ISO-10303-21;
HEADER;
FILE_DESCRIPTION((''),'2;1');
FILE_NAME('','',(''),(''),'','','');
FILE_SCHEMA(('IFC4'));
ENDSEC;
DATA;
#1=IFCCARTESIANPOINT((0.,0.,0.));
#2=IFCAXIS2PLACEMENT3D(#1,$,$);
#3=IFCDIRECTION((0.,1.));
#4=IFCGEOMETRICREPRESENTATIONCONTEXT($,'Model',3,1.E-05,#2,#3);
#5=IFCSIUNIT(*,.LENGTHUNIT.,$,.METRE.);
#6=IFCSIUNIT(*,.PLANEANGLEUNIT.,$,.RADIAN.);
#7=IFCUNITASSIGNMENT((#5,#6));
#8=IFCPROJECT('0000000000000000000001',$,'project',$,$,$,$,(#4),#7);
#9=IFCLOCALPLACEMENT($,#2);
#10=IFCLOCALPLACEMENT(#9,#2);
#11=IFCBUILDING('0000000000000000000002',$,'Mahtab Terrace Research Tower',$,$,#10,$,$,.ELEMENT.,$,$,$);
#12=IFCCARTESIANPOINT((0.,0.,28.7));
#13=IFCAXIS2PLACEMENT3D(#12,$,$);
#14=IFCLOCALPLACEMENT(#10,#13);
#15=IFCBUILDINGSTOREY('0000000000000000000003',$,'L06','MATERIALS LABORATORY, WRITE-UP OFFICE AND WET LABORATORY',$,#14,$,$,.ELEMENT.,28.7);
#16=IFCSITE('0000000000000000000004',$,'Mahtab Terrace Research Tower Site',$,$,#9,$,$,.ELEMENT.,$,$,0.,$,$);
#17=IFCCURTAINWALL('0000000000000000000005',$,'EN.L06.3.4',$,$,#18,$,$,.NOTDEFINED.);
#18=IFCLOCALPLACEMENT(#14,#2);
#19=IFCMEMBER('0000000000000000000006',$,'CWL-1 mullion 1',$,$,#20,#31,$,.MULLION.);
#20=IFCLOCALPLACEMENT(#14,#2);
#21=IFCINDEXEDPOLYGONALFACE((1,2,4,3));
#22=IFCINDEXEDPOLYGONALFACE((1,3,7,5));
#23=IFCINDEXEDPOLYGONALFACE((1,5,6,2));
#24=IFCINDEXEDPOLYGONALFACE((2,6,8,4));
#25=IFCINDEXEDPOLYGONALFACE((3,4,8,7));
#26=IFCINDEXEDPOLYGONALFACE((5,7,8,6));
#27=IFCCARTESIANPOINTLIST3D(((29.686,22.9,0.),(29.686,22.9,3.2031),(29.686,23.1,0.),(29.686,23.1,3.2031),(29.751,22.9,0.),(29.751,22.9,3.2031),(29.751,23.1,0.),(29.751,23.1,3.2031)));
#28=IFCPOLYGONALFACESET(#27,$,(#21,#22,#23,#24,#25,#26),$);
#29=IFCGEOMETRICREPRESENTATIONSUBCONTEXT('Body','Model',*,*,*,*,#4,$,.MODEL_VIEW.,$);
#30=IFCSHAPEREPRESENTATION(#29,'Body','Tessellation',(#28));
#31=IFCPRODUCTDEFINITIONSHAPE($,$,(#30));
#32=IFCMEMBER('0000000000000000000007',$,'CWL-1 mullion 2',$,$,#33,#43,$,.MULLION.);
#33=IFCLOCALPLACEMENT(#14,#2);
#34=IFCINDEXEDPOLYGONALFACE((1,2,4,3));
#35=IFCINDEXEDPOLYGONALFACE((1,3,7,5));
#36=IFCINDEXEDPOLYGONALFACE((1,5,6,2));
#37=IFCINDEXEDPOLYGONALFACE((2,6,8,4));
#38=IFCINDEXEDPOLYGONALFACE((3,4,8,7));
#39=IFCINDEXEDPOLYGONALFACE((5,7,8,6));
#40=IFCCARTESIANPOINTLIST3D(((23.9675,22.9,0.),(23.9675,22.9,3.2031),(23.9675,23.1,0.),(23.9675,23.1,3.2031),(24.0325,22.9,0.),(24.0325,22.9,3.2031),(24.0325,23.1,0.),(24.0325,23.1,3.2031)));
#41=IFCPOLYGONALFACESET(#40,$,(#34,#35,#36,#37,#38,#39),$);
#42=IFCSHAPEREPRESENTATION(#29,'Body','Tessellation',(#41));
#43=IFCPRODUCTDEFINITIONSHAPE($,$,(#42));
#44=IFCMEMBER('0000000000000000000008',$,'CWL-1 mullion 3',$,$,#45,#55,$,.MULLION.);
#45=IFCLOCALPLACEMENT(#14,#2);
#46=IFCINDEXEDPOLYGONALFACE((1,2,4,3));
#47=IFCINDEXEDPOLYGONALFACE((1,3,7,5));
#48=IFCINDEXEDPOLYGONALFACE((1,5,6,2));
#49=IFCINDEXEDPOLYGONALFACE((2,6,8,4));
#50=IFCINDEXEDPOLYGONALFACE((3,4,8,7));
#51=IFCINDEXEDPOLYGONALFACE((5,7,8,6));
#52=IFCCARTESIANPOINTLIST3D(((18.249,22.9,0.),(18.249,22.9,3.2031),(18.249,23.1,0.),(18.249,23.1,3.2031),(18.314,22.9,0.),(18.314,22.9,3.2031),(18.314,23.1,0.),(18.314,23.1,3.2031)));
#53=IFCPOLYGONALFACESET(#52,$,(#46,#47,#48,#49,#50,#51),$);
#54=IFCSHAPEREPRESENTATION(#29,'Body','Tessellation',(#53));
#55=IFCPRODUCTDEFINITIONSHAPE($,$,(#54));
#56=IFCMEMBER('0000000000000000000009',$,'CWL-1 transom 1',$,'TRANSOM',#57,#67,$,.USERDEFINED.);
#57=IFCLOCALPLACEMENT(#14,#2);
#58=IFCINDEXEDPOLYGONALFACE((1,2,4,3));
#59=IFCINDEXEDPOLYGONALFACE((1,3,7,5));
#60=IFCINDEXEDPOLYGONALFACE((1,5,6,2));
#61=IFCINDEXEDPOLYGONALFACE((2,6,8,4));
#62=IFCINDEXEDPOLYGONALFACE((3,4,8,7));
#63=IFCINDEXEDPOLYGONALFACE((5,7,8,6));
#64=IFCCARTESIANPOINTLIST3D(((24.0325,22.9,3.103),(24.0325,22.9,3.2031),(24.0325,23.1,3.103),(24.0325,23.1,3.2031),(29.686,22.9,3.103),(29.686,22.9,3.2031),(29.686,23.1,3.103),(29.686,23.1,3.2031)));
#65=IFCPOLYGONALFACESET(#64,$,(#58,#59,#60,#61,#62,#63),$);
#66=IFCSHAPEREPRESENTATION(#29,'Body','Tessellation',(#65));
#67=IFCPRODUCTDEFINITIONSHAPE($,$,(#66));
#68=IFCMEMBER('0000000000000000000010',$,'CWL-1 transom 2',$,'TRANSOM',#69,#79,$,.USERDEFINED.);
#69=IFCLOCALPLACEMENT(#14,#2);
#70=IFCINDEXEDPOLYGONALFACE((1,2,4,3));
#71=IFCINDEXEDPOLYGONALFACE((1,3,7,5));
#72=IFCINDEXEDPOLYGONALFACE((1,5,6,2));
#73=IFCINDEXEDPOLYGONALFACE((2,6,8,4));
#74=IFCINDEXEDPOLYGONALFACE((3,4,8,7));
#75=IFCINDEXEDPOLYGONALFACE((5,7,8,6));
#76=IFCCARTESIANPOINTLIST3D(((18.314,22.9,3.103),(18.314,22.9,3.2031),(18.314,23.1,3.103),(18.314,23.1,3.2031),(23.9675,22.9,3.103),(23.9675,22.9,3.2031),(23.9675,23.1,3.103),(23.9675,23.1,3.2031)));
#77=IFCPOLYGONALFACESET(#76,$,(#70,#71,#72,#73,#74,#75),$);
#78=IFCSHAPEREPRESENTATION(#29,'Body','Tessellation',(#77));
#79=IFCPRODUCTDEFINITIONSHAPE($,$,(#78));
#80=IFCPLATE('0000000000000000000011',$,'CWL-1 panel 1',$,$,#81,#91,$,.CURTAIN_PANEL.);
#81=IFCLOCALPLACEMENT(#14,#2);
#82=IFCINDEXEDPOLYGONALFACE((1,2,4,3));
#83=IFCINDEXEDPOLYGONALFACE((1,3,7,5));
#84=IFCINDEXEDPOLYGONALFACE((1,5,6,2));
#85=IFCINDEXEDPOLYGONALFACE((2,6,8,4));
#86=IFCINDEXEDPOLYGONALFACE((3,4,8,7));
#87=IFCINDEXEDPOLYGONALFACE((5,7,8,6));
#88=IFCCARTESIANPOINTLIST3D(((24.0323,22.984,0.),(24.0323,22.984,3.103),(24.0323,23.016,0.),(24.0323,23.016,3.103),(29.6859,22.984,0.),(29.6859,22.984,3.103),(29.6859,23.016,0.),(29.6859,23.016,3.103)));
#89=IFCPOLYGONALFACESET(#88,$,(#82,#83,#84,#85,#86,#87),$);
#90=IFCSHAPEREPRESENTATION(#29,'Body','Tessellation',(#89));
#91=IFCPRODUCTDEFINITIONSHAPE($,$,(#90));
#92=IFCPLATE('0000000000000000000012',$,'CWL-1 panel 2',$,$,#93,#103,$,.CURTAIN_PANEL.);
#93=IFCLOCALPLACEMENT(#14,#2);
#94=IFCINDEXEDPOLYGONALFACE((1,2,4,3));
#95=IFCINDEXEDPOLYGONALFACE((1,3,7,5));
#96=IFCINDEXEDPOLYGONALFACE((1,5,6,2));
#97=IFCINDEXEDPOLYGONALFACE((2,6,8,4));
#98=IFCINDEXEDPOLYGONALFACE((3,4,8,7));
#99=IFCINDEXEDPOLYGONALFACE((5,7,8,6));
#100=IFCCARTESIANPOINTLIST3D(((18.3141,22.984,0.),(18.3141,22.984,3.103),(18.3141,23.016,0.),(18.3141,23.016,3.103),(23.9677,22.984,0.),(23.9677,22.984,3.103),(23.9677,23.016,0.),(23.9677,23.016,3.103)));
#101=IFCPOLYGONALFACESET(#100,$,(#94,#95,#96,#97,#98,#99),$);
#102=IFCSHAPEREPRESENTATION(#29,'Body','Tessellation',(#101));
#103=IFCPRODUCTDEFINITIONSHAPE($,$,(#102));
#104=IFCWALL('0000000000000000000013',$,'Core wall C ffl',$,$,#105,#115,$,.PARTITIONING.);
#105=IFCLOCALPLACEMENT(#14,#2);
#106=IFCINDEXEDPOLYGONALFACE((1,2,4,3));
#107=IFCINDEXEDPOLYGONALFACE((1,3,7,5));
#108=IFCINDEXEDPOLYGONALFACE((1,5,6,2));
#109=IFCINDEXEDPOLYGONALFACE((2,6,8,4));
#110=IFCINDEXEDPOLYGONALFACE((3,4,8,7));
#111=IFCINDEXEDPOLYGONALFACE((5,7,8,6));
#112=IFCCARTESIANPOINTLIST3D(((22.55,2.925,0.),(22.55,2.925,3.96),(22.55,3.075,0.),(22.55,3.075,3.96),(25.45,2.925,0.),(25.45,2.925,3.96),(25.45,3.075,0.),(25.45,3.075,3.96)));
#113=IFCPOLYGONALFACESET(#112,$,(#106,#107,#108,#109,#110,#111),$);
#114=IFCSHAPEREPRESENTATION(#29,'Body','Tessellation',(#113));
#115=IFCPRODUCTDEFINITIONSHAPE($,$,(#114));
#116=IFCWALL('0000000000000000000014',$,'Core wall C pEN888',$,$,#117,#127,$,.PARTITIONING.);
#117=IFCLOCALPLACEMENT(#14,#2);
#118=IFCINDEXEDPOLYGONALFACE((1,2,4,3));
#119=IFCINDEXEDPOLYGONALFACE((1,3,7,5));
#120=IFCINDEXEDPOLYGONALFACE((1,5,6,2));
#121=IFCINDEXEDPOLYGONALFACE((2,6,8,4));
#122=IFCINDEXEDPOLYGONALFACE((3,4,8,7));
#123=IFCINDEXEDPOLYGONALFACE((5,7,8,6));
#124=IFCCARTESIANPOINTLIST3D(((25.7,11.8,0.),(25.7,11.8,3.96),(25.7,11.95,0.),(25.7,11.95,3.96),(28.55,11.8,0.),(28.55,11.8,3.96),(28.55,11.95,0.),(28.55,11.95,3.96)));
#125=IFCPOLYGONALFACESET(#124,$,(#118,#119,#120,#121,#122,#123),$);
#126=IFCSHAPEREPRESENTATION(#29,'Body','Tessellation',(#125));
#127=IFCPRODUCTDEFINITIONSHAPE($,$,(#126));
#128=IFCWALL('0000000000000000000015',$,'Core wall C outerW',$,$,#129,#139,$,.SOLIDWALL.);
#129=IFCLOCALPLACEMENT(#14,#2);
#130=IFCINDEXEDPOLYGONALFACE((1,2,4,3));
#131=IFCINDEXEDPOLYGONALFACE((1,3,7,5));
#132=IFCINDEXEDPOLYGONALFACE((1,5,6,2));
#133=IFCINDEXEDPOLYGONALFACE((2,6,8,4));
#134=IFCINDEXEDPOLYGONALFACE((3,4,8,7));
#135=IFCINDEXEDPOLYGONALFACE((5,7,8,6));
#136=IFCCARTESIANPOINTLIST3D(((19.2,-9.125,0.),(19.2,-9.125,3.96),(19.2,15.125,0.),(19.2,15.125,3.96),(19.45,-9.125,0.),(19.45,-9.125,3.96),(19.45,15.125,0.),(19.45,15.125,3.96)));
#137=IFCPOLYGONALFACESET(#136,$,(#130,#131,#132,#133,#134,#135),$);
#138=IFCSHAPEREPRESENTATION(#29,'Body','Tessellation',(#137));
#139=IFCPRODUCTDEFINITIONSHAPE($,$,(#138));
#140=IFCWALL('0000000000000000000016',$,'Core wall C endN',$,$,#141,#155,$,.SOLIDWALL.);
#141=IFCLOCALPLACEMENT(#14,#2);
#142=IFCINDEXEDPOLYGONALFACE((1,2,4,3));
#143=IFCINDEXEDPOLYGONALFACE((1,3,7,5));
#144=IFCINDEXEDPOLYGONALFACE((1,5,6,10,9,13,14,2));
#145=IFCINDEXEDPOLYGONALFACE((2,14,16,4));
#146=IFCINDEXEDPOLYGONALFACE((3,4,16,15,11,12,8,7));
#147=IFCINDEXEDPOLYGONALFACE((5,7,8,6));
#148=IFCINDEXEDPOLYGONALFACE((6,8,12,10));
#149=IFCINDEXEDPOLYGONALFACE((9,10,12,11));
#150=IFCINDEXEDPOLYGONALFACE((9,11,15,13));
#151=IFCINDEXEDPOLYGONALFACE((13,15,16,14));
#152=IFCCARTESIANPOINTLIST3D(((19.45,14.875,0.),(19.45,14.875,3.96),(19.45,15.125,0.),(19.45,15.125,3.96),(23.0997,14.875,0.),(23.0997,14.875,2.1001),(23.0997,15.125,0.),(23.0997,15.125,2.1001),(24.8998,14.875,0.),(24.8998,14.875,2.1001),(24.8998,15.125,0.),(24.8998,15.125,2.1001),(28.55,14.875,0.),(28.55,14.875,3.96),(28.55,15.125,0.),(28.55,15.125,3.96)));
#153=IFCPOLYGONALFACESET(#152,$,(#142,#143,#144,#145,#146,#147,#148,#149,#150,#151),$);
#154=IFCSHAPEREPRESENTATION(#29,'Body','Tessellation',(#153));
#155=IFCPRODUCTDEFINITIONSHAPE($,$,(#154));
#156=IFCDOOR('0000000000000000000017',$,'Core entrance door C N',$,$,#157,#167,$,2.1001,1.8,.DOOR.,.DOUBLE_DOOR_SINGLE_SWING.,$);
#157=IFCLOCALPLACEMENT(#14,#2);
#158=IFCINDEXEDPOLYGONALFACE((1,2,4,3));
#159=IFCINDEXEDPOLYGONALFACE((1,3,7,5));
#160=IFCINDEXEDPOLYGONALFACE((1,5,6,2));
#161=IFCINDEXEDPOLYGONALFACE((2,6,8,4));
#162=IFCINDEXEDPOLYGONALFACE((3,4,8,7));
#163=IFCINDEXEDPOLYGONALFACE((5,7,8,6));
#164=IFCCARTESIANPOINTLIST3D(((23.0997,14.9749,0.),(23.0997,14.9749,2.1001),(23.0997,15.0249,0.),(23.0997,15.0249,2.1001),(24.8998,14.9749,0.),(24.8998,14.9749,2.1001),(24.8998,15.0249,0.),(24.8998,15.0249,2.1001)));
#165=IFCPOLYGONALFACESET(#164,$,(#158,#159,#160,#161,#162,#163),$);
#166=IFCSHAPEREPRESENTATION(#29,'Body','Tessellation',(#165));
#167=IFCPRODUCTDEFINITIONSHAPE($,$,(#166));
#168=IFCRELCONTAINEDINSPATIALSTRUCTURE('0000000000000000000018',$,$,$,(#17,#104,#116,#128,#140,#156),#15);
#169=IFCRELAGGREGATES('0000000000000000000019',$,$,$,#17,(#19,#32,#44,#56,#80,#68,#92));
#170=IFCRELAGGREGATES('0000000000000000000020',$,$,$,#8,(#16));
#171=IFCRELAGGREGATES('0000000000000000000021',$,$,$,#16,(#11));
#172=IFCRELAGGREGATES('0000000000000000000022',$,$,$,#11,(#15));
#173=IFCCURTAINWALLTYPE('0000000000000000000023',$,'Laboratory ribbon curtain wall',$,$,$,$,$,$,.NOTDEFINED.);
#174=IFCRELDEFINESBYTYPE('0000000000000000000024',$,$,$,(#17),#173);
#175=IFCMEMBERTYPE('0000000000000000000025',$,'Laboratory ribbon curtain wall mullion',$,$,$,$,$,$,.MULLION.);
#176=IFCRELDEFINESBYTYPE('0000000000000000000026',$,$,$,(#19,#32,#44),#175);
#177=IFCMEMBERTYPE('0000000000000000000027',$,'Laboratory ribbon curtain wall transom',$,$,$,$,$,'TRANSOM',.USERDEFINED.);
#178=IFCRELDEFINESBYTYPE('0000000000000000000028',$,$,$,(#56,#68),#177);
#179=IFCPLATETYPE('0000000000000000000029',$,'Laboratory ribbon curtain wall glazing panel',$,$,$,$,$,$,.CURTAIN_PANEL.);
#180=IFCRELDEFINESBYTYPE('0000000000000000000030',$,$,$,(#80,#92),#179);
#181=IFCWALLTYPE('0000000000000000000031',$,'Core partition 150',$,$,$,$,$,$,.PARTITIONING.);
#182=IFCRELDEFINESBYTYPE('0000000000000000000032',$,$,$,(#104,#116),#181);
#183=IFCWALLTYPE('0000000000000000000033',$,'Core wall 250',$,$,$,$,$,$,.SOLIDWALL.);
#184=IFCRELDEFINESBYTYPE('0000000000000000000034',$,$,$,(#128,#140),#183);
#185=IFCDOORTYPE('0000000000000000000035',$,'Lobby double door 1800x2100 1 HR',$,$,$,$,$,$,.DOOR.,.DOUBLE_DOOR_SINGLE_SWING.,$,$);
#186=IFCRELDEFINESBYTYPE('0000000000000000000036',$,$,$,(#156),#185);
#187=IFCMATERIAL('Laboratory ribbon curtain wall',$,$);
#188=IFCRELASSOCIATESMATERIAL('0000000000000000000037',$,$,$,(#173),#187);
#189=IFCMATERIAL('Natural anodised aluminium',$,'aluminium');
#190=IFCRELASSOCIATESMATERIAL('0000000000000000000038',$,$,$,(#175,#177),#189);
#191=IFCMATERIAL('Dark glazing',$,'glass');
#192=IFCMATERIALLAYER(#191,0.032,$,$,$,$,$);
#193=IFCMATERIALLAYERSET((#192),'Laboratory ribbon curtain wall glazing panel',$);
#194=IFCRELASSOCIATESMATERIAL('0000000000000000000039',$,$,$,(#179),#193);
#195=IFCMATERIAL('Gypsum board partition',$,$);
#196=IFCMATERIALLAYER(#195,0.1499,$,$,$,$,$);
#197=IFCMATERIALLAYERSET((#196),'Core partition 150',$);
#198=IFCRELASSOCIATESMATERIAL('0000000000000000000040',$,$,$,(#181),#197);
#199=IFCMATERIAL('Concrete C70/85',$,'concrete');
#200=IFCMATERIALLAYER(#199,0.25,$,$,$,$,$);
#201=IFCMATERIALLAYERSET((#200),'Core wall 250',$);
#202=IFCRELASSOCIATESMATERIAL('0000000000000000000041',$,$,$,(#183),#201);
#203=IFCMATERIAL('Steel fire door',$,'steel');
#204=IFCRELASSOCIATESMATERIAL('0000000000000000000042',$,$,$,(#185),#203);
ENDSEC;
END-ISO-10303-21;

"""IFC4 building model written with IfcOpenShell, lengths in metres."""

from ifc_helpers import new_model, si_unit, direction, frame, frame_2d, origin, origin_2d, place, context, subcontext, project, spatial, rectangle, extrude, material, layer, layer_set, material_profile, profile_set, type_object, element, fill, aggregate, save


model = new_model("IFC4")

# Units and contexts
model_context = context("Model", 3, precision=1e-05, world=origin(), true_north=direction((0.0, 1.0)))
body_context = subcontext(model_context, "Body", "Model", "MODEL_VIEW")
ifc_project = project(units=[si_unit("LENGTHUNIT", "METRE"), si_unit("PLANEANGLEUNIT", "RADIAN")], contexts=[model_context])

# Site, building, storey
site_placement = place(None, origin())
site = spatial("IfcSite", under=ifc_project, at=site_placement, Name="Mahtab Terrace Research Tower Site", CompositionType="ELEMENT", RefElevation=0.0)
building_placement = place(site_placement, origin())
building = spatial("IfcBuilding", under=site, at=building_placement, Name="Mahtab Terrace Research Tower", CompositionType="ELEMENT")
storey_placement = place(building_placement, frame((0.0, 0.0, 28.7)))
storey = spatial("IfcBuildingStorey", under=building, at=storey_placement, Name="L06", Description="MATERIALS LABORATORY, WRITE-UP OFFICE AND WET LABORATORY", CompositionType="ELEMENT", Elevation=28.7)

# Curtain wall, members, plates
ifc_material_1 = material(Name="Laboratory ribbon curtain wall")
curtain_wall_type = type_object("IfcCurtainWallType", Name="Laboratory ribbon curtain wall", PredefinedType="NOTDEFINED", material=ifc_material_1)
curtain_wall_placement = place(storey_placement, origin())
curtain_wall = element("IfcCurtainWall", 1, at=curtain_wall_placement, inside=storey, type_object=curtain_wall_type, Name="EN.L06.3.4", PredefinedType="NOTDEFINED")
ifc_material_2 = material(Name="Natural anodised aluminium", Category="aluminium")
ifc_material_profile_1 = material_profile(ifc_material_2, rectangle(XDim=0.2, YDim=0.0649, at=origin_2d()), Name="MULLION 65x200")
ifc_profile_set_1 = profile_set([ifc_material_profile_1], Name="Natural anodised aluminium")
member_type_1 = type_object("IfcMemberType", Name="Laboratory ribbon curtain wall mullion", PredefinedType="MULLION", material=ifc_profile_set_1)
member_1_placement = place(storey_placement, frame((29.7185, 23.0, 0.0), z_axis=(0.0, 0.0, 1.0), x_axis=(0.0, -1.0, 0.0)))
member_1 = element("IfcMember", 2, at=member_1_placement, type_object=member_type_1, Name="CWL-1 mullion 1", PredefinedType="MULLION", context=body_context, shape_type="SweptSolid", body=[
    extrude(rectangle(XDim=0.2, YDim=0.0649, at=origin_2d()), origin(), (0.0, 0.0, 1.0), 3.2031),
])
member_2_placement = place(storey_placement, frame((24.0, 23.0, 0.0), z_axis=(0.0, 0.0, 1.0), x_axis=(0.0, -1.0, 0.0)))
member_2 = element("IfcMember", 3, at=member_2_placement, type_object=member_type_1, Name="CWL-1 mullion 2", PredefinedType="MULLION", context=body_context, shape_type="SweptSolid", body=[
    extrude(rectangle(XDim=0.2, YDim=0.0649, at=origin_2d()), origin(), (0.0, 0.0, 1.0), 3.2031),
])
member_3_placement = place(storey_placement, frame((18.2815, 23.0, 0.0), z_axis=(0.0, 0.0, 1.0), x_axis=(0.0, -1.0, 0.0)))
member_3 = element("IfcMember", 4, at=member_3_placement, type_object=member_type_1, Name="CWL-1 mullion 3", PredefinedType="MULLION", context=body_context, shape_type="SweptSolid", body=[
    extrude(rectangle(XDim=0.2, YDim=0.0649, at=origin_2d()), origin(), (0.0, 0.0, 1.0), 3.2031),
])
ifc_material_profile_2 = material_profile(ifc_material_2, rectangle(XDim=0.2, YDim=0.1001, at=origin_2d()), Name="TRANSOM 100x200")
ifc_profile_set_2 = profile_set([ifc_material_profile_2], Name="Natural anodised aluminium")
member_type_2 = type_object("IfcMemberType", Name="Laboratory ribbon curtain wall transom", ElementType="TRANSOM", PredefinedType="USERDEFINED", material=ifc_profile_set_2)
member_4_placement = place(storey_placement, frame((29.686, 23.0, 3.1531), z_axis=(-1.0, 0.0, 0.0), x_axis=(0.0, -1.0, 0.0)))
member_4 = element("IfcMember", 5, at=member_4_placement, type_object=member_type_2, Name="CWL-1 transom 1", ObjectType="TRANSOM", PredefinedType="USERDEFINED", context=body_context, shape_type="SweptSolid", body=[
    extrude(rectangle(XDim=0.2, YDim=0.1001, at=origin_2d()), origin(), (0.0, 0.0, 1.0), 5.6536),
])
member_5_placement = place(storey_placement, frame((23.9675, 23.0, 3.1531), z_axis=(-1.0, 0.0, 0.0), x_axis=(0.0, -1.0, 0.0)))
member_5 = element("IfcMember", 6, at=member_5_placement, type_object=member_type_2, Name="CWL-1 transom 2", ObjectType="TRANSOM", PredefinedType="USERDEFINED", context=body_context, shape_type="SweptSolid", body=[
    extrude(rectangle(XDim=0.2, YDim=0.1001, at=origin_2d()), origin(), (0.0, 0.0, 1.0), 5.6536),
])
ifc_material_3 = material(Name="Dark glazing", Category="glass")
ifc_layer_1 = layer(ifc_material_3, 0.032)
ifc_layer_set_1 = layer_set([ifc_layer_1], Name="Laboratory ribbon curtain wall glazing panel")
plate_type = type_object("IfcPlateType", Name="Laboratory ribbon curtain wall glazing panel", PredefinedType="CURTAIN_PANEL", material=ifc_layer_set_1)
plate_1_placement = place(storey_placement, frame((26.8591, 23.0, 0.0), z_axis=(0.0, 0.0, 1.0), x_axis=(-1.0, 0.0, 0.0)))
plate_1 = element("IfcPlate", 7, at=plate_1_placement, type_object=plate_type, Name="CWL-1 panel 1", PredefinedType="CURTAIN_PANEL", context=body_context, shape_type="SweptSolid", body=[
    extrude(rectangle(XDim=5.6536, YDim=0.032, at=origin_2d()), origin(), (0.0, 0.0, 1.0), 3.103),
])
plate_2_placement = place(storey_placement, frame((21.1409, 23.0, 0.0), z_axis=(0.0, 0.0, 1.0), x_axis=(-1.0, 0.0, 0.0)))
plate_2 = element("IfcPlate", 8, at=plate_2_placement, type_object=plate_type, Name="CWL-1 panel 2", PredefinedType="CURTAIN_PANEL", context=body_context, shape_type="SweptSolid", body=[
    extrude(rectangle(XDim=5.6536, YDim=0.032, at=origin_2d()), origin(), (0.0, 0.0, 1.0), 3.103),
])
aggregate(curtain_wall, [member_1, member_2, member_3, member_4, plate_1, member_5, plate_2])

# Walls
ifc_material_4 = material(Name="Gypsum board partition")
ifc_layer_2 = layer(ifc_material_4, 0.1499)
ifc_layer_set_2 = layer_set([ifc_layer_2], Name="Core partition 150")
wall_type_1 = type_object("IfcWallType", Name="Core partition 150", PredefinedType="PARTITIONING", material=ifc_layer_set_2)
wall_1_placement = place(storey_placement, frame((22.55, 3.0, 0.0), z_axis=(0.0, 0.0, 1.0), x_axis=(1.0, 0.0, 0.0)))
element("IfcWall", 9, at=wall_1_placement, inside=storey, type_object=wall_type_1, Name="Core wall C ffl", PredefinedType="PARTITIONING", context=body_context, shape_type="SweptSolid", body=[
    extrude(rectangle(XDim=2.8999, YDim=0.1499, at=frame_2d((1.45, 0.0))), origin(), (0.0, 0.0, 1.0), 3.96),
])
wall_2_placement = place(storey_placement, frame((25.7, 11.875, 0.0), z_axis=(0.0, 0.0, 1.0), x_axis=(1.0, 0.0, 0.0)))
element("IfcWall", 10, at=wall_2_placement, inside=storey, type_object=wall_type_1, Name="Core wall C pEN888", PredefinedType="PARTITIONING", context=body_context, shape_type="SweptSolid", body=[
    extrude(rectangle(XDim=2.8501, YDim=0.1499, at=frame_2d((1.425, 0.0))), origin(), (0.0, 0.0, 1.0), 3.96),
])
ifc_material_5 = material(Name="Concrete C70/85", Category="concrete")
ifc_layer_3 = layer(ifc_material_5, 0.25)
ifc_layer_set_3 = layer_set([ifc_layer_3], Name="Core wall 250")
wall_type_2 = type_object("IfcWallType", Name="Core wall 250", PredefinedType="SOLIDWALL", material=ifc_layer_set_3)
wall_3_placement = place(storey_placement, frame((19.325, 15.125, 0.0), z_axis=(0.0, 0.0, 1.0), x_axis=(0.0, -1.0, 0.0)))
element("IfcWall", 11, at=wall_3_placement, inside=storey, type_object=wall_type_2, Name="Core wall C outerW", PredefinedType="SOLIDWALL", context=body_context, shape_type="SweptSolid", body=[
    extrude(rectangle(XDim=24.25, YDim=0.25, at=frame_2d((12.125, 0.0))), origin(), (0.0, 0.0, 1.0), 3.96),
])

# Wall, opening, door
wall_4_placement = place(storey_placement, frame((19.45, 15.0, 0.0), z_axis=(0.0, 0.0, 1.0), x_axis=(1.0, 0.0, 0.0)))
wall_4 = element("IfcWall", 12, at=wall_4_placement, inside=storey, type_object=wall_type_2, Name="Core wall C endN", PredefinedType="SOLIDWALL", context=body_context, shape_type="SweptSolid", body=[
    extrude(rectangle(XDim=9.1001, YDim=0.25, at=frame_2d((4.55, 0.0))), origin(), (0.0, 0.0, 1.0), 3.96),
])
opening_1_placement = place(wall_4_placement, frame((3.6499, 0.0, 0.0)))
opening_1 = element("IfcOpeningElement", 13, at=opening_1_placement, cuts=wall_4, PredefinedType="OPENING", context=body_context, shape_type="SweptSolid", body=[
    extrude(rectangle(XDim=1.8, YDim=2.1001, at=frame_2d((0.8999, 1.05))), frame((0.0, 0.135, 0.0), z_axis=(0.0, -1.0, 0.0), x_axis=(1.0, 0.0, 0.0)), (0.0, 0.0, 1.0), 0.27),
])
ifc_material_6 = material(Name="Steel fire door", Category="steel")
door_type_1 = type_object("IfcDoorType", Name="Lobby double door 1800x2100 1 HR", OperationType="DOUBLE_DOOR_SINGLE_SWING", PredefinedType="DOOR", material=ifc_material_6)
door_1_placement = place(opening_1_placement, origin())
door_1 = element("IfcDoor", 14, at=door_1_placement, inside=storey, type_object=door_type_1, Name="Core entrance door C N", OperationType="DOUBLE_DOOR_SINGLE_SWING", OverallHeight=2.1001, OverallWidth=1.8, PredefinedType="DOOR", context=body_context, shape_type="SweptSolid", body=[
    extrude(rectangle(XDim=1.8, YDim=2.1001, at=frame_2d((0.8999, 1.05))), frame((0.0, 0.0249, 0.0), z_axis=(0.0, -1.0, 0.0), x_axis=(1.0, 0.0, 0.0)), (0.0, 0.0, 1.0), 0.05),
])
fill(opening_1, door_1)

save(model, "model.ifc")
